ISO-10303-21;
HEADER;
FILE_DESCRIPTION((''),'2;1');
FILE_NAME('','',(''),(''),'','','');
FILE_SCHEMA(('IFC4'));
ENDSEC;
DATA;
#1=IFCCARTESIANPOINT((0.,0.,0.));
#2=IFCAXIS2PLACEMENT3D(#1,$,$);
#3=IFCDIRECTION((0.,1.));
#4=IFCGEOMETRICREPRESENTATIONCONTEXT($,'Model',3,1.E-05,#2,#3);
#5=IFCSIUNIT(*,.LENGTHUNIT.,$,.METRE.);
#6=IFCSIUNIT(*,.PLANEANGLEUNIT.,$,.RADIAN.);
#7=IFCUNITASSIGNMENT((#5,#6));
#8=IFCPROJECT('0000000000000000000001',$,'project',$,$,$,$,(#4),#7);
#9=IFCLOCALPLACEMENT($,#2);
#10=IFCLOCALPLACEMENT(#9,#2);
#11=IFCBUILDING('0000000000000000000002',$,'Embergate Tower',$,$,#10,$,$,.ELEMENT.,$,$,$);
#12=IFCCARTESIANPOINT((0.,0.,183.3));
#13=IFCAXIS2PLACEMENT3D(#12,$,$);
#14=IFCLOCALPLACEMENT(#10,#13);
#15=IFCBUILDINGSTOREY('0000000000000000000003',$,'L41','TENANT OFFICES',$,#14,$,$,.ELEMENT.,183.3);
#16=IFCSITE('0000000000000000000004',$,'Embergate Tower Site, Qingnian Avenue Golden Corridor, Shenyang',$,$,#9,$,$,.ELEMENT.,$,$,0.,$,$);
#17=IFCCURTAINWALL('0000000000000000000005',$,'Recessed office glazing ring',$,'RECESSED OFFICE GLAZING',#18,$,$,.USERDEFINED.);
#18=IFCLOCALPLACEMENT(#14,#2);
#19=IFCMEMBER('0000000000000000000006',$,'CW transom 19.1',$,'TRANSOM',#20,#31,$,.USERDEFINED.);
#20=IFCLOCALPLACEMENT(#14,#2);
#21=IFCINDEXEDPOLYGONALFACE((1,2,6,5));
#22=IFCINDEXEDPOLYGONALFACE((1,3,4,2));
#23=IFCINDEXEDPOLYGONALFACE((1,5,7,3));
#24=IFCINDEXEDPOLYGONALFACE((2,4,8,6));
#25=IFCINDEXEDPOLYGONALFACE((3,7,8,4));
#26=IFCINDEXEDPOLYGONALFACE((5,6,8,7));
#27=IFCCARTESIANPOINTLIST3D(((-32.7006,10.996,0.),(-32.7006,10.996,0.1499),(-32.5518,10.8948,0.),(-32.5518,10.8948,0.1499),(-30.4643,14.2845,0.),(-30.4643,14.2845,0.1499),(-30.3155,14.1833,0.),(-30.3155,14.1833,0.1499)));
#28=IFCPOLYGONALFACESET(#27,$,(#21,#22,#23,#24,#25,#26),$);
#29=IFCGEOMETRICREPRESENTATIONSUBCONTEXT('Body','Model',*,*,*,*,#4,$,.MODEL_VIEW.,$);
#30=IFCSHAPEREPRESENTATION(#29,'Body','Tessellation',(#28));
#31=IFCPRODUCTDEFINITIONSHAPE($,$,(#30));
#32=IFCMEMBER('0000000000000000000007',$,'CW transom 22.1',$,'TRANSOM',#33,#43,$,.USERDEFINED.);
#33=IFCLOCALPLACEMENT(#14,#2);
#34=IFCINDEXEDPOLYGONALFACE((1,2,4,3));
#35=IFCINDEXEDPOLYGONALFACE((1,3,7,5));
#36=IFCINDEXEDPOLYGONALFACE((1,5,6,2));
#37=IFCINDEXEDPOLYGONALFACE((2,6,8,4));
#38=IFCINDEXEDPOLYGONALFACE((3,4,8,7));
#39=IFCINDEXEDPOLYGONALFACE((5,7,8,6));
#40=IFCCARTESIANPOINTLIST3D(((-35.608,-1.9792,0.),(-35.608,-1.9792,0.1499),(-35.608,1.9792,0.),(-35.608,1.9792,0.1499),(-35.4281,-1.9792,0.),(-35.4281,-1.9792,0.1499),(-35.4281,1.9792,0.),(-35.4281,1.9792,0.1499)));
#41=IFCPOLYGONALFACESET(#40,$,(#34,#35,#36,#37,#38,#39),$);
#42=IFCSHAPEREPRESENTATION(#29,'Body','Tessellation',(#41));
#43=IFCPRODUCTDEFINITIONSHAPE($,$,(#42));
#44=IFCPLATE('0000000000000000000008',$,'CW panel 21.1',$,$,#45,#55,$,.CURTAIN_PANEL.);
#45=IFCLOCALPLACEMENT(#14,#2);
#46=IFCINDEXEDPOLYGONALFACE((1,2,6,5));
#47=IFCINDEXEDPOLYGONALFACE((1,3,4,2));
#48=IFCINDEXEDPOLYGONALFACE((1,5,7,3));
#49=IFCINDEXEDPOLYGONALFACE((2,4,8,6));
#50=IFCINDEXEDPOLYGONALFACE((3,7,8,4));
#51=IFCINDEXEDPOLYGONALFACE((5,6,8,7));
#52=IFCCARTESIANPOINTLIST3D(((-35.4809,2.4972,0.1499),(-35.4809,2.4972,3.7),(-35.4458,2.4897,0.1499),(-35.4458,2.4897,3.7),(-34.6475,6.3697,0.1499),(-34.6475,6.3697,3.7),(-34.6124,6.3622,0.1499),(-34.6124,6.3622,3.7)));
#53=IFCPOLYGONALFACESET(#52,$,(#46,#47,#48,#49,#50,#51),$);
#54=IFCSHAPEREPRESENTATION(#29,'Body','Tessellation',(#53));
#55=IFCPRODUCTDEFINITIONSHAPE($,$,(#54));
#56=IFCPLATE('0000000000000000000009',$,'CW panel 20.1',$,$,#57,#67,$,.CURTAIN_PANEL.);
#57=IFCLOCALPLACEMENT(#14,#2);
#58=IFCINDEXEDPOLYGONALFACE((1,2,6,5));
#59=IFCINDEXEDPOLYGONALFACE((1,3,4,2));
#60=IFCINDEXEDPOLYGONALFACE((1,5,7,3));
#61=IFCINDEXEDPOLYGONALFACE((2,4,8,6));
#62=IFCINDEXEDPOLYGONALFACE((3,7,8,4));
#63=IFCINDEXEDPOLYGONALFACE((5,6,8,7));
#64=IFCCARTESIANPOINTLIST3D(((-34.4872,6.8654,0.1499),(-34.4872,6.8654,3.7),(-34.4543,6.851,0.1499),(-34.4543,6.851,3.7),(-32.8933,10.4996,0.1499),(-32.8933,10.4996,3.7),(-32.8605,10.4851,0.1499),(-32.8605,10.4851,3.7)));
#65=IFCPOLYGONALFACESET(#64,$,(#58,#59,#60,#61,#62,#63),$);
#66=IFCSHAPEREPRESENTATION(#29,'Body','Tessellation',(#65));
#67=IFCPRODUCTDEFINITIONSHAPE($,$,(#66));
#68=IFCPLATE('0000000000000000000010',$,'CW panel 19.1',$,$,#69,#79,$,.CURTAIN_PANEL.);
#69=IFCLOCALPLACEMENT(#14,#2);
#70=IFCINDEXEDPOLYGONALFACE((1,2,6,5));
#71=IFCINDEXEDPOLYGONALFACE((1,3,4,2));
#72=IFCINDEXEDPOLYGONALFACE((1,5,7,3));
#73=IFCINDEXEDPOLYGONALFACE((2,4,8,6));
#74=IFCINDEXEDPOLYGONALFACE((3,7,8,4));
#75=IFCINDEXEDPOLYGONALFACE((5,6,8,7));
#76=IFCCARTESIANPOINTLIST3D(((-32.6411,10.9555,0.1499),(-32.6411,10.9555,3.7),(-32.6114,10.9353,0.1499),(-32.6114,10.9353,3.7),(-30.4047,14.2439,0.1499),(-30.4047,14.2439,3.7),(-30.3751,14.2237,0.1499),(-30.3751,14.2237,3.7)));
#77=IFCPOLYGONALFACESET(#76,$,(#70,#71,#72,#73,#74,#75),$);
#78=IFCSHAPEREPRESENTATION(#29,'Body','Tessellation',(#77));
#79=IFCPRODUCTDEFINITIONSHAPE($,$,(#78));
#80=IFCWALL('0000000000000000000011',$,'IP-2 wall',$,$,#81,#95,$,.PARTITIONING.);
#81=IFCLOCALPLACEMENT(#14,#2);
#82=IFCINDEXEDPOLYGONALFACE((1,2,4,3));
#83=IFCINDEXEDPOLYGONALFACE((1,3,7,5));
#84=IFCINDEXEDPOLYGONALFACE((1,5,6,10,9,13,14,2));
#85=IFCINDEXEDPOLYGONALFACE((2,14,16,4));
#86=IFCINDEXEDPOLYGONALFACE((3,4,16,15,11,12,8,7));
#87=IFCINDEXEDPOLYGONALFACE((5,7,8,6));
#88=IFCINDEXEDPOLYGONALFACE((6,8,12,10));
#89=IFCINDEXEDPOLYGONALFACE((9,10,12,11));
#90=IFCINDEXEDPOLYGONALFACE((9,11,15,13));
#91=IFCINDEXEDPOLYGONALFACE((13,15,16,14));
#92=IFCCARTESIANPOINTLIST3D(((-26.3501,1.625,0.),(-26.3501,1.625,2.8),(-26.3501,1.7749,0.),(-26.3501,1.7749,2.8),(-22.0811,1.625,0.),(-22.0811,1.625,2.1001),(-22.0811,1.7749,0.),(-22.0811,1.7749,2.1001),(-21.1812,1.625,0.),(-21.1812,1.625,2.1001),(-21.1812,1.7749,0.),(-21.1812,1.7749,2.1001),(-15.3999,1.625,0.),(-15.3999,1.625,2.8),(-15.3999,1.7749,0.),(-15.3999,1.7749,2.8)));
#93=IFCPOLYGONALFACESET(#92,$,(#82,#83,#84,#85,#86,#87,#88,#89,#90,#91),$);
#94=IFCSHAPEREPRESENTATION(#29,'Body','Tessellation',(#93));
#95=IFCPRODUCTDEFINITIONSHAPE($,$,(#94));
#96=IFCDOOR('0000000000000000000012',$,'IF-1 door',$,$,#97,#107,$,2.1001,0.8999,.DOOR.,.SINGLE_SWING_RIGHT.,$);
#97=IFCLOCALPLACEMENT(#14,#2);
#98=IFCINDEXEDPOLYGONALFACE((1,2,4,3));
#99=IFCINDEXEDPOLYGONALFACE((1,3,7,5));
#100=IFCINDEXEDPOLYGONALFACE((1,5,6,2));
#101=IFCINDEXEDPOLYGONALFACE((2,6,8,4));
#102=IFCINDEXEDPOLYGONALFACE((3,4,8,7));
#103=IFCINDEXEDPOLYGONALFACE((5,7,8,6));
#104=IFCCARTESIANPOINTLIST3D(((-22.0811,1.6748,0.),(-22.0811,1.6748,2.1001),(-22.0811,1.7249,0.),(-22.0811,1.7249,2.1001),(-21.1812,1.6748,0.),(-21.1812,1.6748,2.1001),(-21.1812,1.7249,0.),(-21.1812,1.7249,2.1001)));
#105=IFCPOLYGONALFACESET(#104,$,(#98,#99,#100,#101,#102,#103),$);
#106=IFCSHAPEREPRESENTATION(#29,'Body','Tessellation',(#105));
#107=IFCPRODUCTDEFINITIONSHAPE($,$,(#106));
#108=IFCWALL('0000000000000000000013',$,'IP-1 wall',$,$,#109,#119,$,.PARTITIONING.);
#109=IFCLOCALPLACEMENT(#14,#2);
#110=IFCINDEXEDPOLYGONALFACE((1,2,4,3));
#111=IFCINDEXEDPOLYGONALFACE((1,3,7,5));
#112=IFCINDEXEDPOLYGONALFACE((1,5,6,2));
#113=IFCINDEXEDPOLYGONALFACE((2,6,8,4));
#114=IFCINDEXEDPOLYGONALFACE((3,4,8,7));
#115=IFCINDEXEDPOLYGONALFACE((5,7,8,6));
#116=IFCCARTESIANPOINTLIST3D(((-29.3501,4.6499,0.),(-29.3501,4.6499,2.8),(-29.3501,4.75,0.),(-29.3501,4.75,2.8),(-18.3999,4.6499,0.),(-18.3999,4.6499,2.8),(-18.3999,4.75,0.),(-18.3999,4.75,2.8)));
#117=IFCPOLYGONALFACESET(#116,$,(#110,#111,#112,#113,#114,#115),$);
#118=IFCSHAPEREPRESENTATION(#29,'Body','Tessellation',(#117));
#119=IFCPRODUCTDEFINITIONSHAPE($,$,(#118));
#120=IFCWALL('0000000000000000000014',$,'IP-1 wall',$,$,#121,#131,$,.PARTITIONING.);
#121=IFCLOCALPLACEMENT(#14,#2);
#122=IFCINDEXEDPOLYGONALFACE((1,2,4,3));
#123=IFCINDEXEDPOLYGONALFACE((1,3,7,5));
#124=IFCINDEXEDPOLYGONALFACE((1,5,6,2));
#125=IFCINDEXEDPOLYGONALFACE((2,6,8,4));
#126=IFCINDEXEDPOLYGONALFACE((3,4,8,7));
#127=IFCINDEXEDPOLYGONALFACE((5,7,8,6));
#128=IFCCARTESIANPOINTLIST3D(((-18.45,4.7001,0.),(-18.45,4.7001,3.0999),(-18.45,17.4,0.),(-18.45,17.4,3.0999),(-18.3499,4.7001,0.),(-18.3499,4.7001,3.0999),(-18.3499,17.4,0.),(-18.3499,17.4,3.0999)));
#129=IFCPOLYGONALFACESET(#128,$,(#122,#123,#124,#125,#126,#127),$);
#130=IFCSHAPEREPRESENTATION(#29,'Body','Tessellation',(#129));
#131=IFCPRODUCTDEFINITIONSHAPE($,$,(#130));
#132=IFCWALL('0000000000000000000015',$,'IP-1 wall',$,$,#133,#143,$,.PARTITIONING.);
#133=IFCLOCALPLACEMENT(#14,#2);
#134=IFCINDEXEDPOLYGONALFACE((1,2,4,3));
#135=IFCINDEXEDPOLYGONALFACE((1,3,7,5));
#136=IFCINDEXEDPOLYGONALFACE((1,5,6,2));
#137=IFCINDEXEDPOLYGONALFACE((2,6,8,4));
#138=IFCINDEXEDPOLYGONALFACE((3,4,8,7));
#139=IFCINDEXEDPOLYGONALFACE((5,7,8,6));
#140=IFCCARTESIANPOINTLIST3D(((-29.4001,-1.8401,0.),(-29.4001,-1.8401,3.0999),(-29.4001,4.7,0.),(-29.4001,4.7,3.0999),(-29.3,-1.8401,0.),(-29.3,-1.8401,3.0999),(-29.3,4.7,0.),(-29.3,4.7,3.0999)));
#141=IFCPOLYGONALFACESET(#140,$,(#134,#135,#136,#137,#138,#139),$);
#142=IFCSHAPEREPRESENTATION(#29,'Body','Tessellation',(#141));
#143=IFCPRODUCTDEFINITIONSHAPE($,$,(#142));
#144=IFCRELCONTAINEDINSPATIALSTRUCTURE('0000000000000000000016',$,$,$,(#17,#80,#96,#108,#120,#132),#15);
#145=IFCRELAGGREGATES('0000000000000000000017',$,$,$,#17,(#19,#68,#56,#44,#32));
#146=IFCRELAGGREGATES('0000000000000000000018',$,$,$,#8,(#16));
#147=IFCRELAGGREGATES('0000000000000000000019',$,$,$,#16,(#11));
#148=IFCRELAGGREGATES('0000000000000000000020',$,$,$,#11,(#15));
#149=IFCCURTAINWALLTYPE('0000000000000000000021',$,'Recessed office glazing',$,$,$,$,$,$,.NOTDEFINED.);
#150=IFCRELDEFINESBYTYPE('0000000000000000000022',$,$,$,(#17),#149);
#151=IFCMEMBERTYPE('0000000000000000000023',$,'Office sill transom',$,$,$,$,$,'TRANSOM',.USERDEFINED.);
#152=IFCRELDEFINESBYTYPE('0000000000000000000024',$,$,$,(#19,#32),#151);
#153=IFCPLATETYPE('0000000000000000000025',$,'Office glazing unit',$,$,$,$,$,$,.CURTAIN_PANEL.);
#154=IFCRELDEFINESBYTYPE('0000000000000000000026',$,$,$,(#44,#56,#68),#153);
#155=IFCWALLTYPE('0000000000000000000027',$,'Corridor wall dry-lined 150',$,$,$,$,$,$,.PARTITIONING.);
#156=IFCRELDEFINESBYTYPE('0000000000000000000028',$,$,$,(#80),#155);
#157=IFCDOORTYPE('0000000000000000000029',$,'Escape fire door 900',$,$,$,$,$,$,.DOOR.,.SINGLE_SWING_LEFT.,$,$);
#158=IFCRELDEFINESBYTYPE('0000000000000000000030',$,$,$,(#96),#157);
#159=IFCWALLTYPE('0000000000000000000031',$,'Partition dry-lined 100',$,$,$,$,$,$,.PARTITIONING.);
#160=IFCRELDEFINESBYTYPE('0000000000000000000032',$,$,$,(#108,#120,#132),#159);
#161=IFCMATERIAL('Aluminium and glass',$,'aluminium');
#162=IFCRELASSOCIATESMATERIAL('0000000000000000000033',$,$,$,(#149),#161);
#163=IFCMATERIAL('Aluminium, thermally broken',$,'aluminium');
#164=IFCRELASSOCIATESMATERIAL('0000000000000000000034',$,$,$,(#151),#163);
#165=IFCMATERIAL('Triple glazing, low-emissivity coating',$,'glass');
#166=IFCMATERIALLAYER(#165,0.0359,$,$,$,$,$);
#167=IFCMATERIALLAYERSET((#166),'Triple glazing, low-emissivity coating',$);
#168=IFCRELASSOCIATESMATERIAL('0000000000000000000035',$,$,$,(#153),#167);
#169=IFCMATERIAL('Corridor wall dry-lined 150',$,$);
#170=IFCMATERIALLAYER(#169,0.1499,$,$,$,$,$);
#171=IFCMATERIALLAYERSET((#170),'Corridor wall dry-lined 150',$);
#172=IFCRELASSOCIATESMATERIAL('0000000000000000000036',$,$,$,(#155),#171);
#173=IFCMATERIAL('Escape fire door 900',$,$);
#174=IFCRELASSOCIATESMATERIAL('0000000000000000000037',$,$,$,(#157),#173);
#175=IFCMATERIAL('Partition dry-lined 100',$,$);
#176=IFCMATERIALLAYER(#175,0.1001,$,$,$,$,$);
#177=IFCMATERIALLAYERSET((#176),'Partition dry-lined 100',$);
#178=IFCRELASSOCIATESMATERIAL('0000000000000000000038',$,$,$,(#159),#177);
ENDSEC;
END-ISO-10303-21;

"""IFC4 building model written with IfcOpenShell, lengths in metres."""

from ifc_helpers import new_model, si_unit, direction, frame, frame_2d, origin, origin_2d, place, context, subcontext, project, spatial, rectangle, extrude, source, transform, mapped, material, layer, layer_set, material_profile, profile_set, type_object, element, fill, aggregate, save


model = new_model("IFC4")

# Units and contexts
model_context = context("Model", 3, precision=1e-05, world=origin(), true_north=direction((0.0, 1.0)))
body_context = subcontext(model_context, "Body", "Model", "MODEL_VIEW")
ifc_project = project(units=[si_unit("LENGTHUNIT", "METRE"), si_unit("PLANEANGLEUNIT", "RADIAN")], contexts=[model_context])

# Site, building, storey
site_placement = place(None, origin())
site = spatial("IfcSite", under=ifc_project, at=site_placement, Name="Embergate Tower Site, Qingnian Avenue Golden Corridor, Shenyang", CompositionType="ELEMENT", RefElevation=0.0)
building_placement = place(site_placement, origin())
building = spatial("IfcBuilding", under=site, at=building_placement, Name="Embergate Tower", CompositionType="ELEMENT")
storey_placement = place(building_placement, frame((0.0, 0.0, 183.3)))
storey = spatial("IfcBuildingStorey", under=building, at=storey_placement, Name="L41", Description="TENANT OFFICES", CompositionType="ELEMENT", Elevation=183.3)

# Curtain wall, members, plates
ifc_material_1 = material(Name="Aluminium and glass", Category="aluminium")
curtain_wall_type = type_object("IfcCurtainWallType", Name="Recessed office glazing", PredefinedType="NOTDEFINED", material=ifc_material_1)
curtain_wall_placement = place(storey_placement, origin())
curtain_wall = element("IfcCurtainWall", 1, at=curtain_wall_placement, inside=storey, type_object=curtain_wall_type, Name="Recessed office glazing ring", ObjectType="RECESSED OFFICE GLAZING", PredefinedType="USERDEFINED")
ifc_material_2 = material(Name="Aluminium, thermally broken", Category="aluminium")
ifc_material_profile_1 = material_profile(ifc_material_2, rectangle(XDim=0.1799, YDim=0.1499, at=origin_2d()), Name="AL 150x180")
ifc_profile_set_1 = profile_set([ifc_material_profile_1], Name="Aluminium, thermally broken")
member_type_1 = type_object("IfcMemberType", Name="Office sill transom", ElementType="TRANSOM", PredefinedType="USERDEFINED", material=ifc_profile_set_1)
shared_shape_1 = source(origin(), body_context, "Body", "SweptSolid", [
    extrude(rectangle(XDim=0.1799, YDim=0.1499, at=origin_2d()), origin(), (0.0, 0.0, 1.0), 3.9768),
])
member_1_placement = place(storey_placement, frame((-30.3899, 14.2339, 0.075), z_axis=(-0.562327, -0.826915, 0.0), x_axis=(0.826915, -0.562327, 0.0)))
member_1 = element("IfcMember", 2, at=member_1_placement, type_object=member_type_1, Name="CW transom 19.1", ObjectType="TRANSOM", PredefinedType="USERDEFINED", context=body_context, shape_type="MappedRepresentation", body=[
    mapped(shared_shape_1, transform((0.0, 0.0, 0.0))),
])
shared_shape_2 = source(origin(), body_context, "Body", "SweptSolid", [
    extrude(rectangle(XDim=0.1799, YDim=0.1499, at=origin_2d()), origin(), (0.0, 0.0, 1.0), 3.9585),
])
member_2_placement = place(storey_placement, frame((-35.5181, 1.9792, 0.075), z_axis=(0.0, -1.0, 0.0), x_axis=(1.0, 0.0, 0.0)))
member_2 = element("IfcMember", 3, at=member_2_placement, type_object=member_type_1, Name="CW transom 22.1", ObjectType="TRANSOM", PredefinedType="USERDEFINED", context=body_context, shape_type="MappedRepresentation", body=[
    mapped(shared_shape_2, transform((0.0, 0.0, 0.0))),
])
ifc_material_3 = material(Name="Triple glazing, low-emissivity coating", Category="glass")
ifc_layer_1 = layer(ifc_material_3, 0.0359)
ifc_layer_set_1 = layer_set([ifc_layer_1], Name="Triple glazing, low-emissivity coating")
plate_type = type_object("IfcPlateType", Name="Office glazing unit", PredefinedType="CURTAIN_PANEL", material=ifc_layer_set_1)
shared_shape_3 = source(origin(), body_context, "Body", "SweptSolid", [
    extrude(rectangle(XDim=3.9612, YDim=0.0359, at=origin_2d()), origin(), (0.0, 0.0, 1.0), 3.55),
])
plate_1_placement = place(storey_placement, frame((-35.0466, 4.4297, 0.1499), z_axis=(0.0, 0.0, 1.0), x_axis=(-0.210397, -0.977616, 0.0)))
plate_1 = element("IfcPlate", 4, at=plate_1_placement, type_object=plate_type, Name="CW panel 21.1", PredefinedType="CURTAIN_PANEL", context=body_context, shape_type="MappedRepresentation", body=[
    mapped(shared_shape_3, transform((0.0, 0.0, 0.0))),
])
shared_shape_4 = source(origin(), body_context, "Body", "SweptSolid", [
    extrude(rectangle(XDim=3.9683, YDim=0.0359, at=origin_2d()), origin(), (0.0, 0.0, 1.0), 3.55),
])
plate_2_placement = place(storey_placement, frame((-33.6738, 8.6753, 0.1499), z_axis=(0.0, 0.0, 1.0), x_axis=(-0.401651, -0.915793, 0.0)))
plate_2 = element("IfcPlate", 5, at=plate_2_placement, type_object=plate_type, Name="CW panel 20.1", PredefinedType="CURTAIN_PANEL", context=body_context, shape_type="MappedRepresentation", body=[
    mapped(shared_shape_4, transform((0.0, 0.0, 0.0))),
])
shared_shape_5 = source(origin(), body_context, "Body", "SweptSolid", [
    extrude(rectangle(XDim=3.9768, YDim=0.0359, at=origin_2d()), origin(), (0.0, 0.0, 1.0), 3.55),
])
plate_3_placement = place(storey_placement, frame((-31.5081, 12.5896, 0.1499), z_axis=(0.0, 0.0, 1.0), x_axis=(-0.56234, -0.826906, 0.0)))
plate_3 = element("IfcPlate", 6, at=plate_3_placement, type_object=plate_type, Name="CW panel 19.1", PredefinedType="CURTAIN_PANEL", context=body_context, shape_type="MappedRepresentation", body=[
    mapped(shared_shape_5, transform((0.0, 0.0, 0.0))),
])
aggregate(curtain_wall, [member_1, plate_3, plate_2, plate_1, member_2])

# Wall, opening, door
ifc_material_4 = material(Name="Corridor wall dry-lined 150")
ifc_layer_2 = layer(ifc_material_4, 0.1499)
ifc_layer_set_2 = layer_set([ifc_layer_2], Name="Corridor wall dry-lined 150")
wall_type_1 = type_object("IfcWallType", Name="Corridor wall dry-lined 150", PredefinedType="PARTITIONING", material=ifc_layer_set_2)
shared_shape_6 = source(origin(), body_context, "Body", "SweptSolid", [
    extrude(rectangle(XDim=10.9502, YDim=0.1499, at=frame_2d((5.4751, 0.0))), origin(), (0.0, 0.0, 1.0), 2.8),
])
wall_1_placement = place(storey_placement, frame((-26.3501, 1.7, 0.0), z_axis=(0.0, 0.0, 1.0), x_axis=(1.0, 0.0, 0.0)))
wall_1 = element("IfcWall", 7, at=wall_1_placement, inside=storey, type_object=wall_type_1, Name="IP-2 wall", PredefinedType="PARTITIONING", context=body_context, shape_type="MappedRepresentation", body=[
    mapped(shared_shape_6, transform((0.0, 0.0, 0.0))),
])
shared_shape_7 = source(origin(), body_context, "Body", "SweptSolid", [
    extrude(rectangle(XDim=0.8999, YDim=2.1001, at=frame_2d((0.45, 1.05))), frame((0.0, 0.085, 0.0), z_axis=(0.0, -1.0, 0.0), x_axis=(1.0, 0.0, 0.0)), (0.0, 0.0, 1.0), 0.1699),
])
opening_placement = place(wall_1_placement, frame((4.269, 0.0, 0.0)))
opening = element("IfcOpeningElement", 8, at=opening_placement, cuts=wall_1, PredefinedType="OPENING", context=body_context, shape_type="MappedRepresentation", body=[
    mapped(shared_shape_7, transform((0.0, 0.0, 0.0))),
])
ifc_material_5 = material(Name="Escape fire door 900")
door_type = type_object("IfcDoorType", Name="Escape fire door 900", OperationType="SINGLE_SWING_LEFT", PredefinedType="DOOR", material=ifc_material_5)
shared_shape_8 = source(origin(), body_context, "Body", "SweptSolid", [
    extrude(rectangle(XDim=0.8999, YDim=2.1001, at=frame_2d((0.45, 1.05))), frame((0.0, 0.0249, 0.0), z_axis=(0.0, -1.0, 0.0), x_axis=(1.0, 0.0, 0.0)), (0.0, 0.0, 1.0), 0.05),
])
door_placement = place(opening_placement, origin())
door = element("IfcDoor", 9, at=door_placement, inside=storey, type_object=door_type, Name="IF-1 door", OperationType="SINGLE_SWING_RIGHT", OverallHeight=2.1001, OverallWidth=0.8999, PredefinedType="DOOR", context=body_context, shape_type="MappedRepresentation", body=[
    mapped(shared_shape_8, transform((0.0, 0.0, 0.0))),
])
fill(opening, door)

# Walls
ifc_material_6 = material(Name="Partition dry-lined 100")
ifc_layer_3 = layer(ifc_material_6, 0.1001)
ifc_layer_set_3 = layer_set([ifc_layer_3], Name="Partition dry-lined 100")
wall_type_2 = type_object("IfcWallType", Name="Partition dry-lined 100", PredefinedType="PARTITIONING", material=ifc_layer_set_3)
shared_shape_9 = source(origin(), body_context, "Body", "SweptSolid", [
    extrude(rectangle(XDim=10.9502, YDim=0.1001, at=frame_2d((5.4751, 0.0))), origin(), (0.0, 0.0, 1.0), 2.8),
])
wall_2_placement = place(storey_placement, frame((-18.3999, 4.7, 0.0), z_axis=(0.0, 0.0, 1.0), x_axis=(-1.0, 0.0, 0.0)))
element("IfcWall", 10, at=wall_2_placement, inside=storey, type_object=wall_type_2, Name="IP-1 wall", PredefinedType="PARTITIONING", context=body_context, shape_type="MappedRepresentation", body=[
    mapped(shared_shape_9, transform((0.0, 0.0, 0.0))),
])
shared_shape_10 = source(origin(), body_context, "Body", "SweptSolid", [
    extrude(rectangle(XDim=12.7, YDim=0.1001, at=frame_2d((6.3501, 0.0))), origin(), (0.0, 0.0, 1.0), 3.0999),
])
wall_3_placement = place(storey_placement, frame((-18.3999, 4.7, 0.0), z_axis=(0.0, 0.0, 1.0), x_axis=(0.0, 1.0, 0.0)))
element("IfcWall", 11, at=wall_3_placement, inside=storey, type_object=wall_type_2, Name="IP-1 wall", PredefinedType="PARTITIONING", context=body_context, shape_type="MappedRepresentation", body=[
    mapped(shared_shape_10, transform((0.0, 0.0, 0.0))),
])
shared_shape_11 = source(origin(), body_context, "Body", "SweptSolid", [
    extrude(rectangle(XDim=6.54, YDim=0.1001, at=frame_2d((3.27, 0.0))), origin(), (0.0, 0.0, 1.0), 3.0999),
])
wall_4_placement = place(storey_placement, frame((-29.3501, 4.7, 0.0), z_axis=(0.0, 0.0, 1.0), x_axis=(0.0, -1.0, 0.0)))
element("IfcWall", 12, at=wall_4_placement, inside=storey, type_object=wall_type_2, Name="IP-1 wall", PredefinedType="PARTITIONING", context=body_context, shape_type="MappedRepresentation", body=[
    mapped(shared_shape_11, transform((0.0, 0.0, 0.0))),
])

save(model, "model.ifc")
